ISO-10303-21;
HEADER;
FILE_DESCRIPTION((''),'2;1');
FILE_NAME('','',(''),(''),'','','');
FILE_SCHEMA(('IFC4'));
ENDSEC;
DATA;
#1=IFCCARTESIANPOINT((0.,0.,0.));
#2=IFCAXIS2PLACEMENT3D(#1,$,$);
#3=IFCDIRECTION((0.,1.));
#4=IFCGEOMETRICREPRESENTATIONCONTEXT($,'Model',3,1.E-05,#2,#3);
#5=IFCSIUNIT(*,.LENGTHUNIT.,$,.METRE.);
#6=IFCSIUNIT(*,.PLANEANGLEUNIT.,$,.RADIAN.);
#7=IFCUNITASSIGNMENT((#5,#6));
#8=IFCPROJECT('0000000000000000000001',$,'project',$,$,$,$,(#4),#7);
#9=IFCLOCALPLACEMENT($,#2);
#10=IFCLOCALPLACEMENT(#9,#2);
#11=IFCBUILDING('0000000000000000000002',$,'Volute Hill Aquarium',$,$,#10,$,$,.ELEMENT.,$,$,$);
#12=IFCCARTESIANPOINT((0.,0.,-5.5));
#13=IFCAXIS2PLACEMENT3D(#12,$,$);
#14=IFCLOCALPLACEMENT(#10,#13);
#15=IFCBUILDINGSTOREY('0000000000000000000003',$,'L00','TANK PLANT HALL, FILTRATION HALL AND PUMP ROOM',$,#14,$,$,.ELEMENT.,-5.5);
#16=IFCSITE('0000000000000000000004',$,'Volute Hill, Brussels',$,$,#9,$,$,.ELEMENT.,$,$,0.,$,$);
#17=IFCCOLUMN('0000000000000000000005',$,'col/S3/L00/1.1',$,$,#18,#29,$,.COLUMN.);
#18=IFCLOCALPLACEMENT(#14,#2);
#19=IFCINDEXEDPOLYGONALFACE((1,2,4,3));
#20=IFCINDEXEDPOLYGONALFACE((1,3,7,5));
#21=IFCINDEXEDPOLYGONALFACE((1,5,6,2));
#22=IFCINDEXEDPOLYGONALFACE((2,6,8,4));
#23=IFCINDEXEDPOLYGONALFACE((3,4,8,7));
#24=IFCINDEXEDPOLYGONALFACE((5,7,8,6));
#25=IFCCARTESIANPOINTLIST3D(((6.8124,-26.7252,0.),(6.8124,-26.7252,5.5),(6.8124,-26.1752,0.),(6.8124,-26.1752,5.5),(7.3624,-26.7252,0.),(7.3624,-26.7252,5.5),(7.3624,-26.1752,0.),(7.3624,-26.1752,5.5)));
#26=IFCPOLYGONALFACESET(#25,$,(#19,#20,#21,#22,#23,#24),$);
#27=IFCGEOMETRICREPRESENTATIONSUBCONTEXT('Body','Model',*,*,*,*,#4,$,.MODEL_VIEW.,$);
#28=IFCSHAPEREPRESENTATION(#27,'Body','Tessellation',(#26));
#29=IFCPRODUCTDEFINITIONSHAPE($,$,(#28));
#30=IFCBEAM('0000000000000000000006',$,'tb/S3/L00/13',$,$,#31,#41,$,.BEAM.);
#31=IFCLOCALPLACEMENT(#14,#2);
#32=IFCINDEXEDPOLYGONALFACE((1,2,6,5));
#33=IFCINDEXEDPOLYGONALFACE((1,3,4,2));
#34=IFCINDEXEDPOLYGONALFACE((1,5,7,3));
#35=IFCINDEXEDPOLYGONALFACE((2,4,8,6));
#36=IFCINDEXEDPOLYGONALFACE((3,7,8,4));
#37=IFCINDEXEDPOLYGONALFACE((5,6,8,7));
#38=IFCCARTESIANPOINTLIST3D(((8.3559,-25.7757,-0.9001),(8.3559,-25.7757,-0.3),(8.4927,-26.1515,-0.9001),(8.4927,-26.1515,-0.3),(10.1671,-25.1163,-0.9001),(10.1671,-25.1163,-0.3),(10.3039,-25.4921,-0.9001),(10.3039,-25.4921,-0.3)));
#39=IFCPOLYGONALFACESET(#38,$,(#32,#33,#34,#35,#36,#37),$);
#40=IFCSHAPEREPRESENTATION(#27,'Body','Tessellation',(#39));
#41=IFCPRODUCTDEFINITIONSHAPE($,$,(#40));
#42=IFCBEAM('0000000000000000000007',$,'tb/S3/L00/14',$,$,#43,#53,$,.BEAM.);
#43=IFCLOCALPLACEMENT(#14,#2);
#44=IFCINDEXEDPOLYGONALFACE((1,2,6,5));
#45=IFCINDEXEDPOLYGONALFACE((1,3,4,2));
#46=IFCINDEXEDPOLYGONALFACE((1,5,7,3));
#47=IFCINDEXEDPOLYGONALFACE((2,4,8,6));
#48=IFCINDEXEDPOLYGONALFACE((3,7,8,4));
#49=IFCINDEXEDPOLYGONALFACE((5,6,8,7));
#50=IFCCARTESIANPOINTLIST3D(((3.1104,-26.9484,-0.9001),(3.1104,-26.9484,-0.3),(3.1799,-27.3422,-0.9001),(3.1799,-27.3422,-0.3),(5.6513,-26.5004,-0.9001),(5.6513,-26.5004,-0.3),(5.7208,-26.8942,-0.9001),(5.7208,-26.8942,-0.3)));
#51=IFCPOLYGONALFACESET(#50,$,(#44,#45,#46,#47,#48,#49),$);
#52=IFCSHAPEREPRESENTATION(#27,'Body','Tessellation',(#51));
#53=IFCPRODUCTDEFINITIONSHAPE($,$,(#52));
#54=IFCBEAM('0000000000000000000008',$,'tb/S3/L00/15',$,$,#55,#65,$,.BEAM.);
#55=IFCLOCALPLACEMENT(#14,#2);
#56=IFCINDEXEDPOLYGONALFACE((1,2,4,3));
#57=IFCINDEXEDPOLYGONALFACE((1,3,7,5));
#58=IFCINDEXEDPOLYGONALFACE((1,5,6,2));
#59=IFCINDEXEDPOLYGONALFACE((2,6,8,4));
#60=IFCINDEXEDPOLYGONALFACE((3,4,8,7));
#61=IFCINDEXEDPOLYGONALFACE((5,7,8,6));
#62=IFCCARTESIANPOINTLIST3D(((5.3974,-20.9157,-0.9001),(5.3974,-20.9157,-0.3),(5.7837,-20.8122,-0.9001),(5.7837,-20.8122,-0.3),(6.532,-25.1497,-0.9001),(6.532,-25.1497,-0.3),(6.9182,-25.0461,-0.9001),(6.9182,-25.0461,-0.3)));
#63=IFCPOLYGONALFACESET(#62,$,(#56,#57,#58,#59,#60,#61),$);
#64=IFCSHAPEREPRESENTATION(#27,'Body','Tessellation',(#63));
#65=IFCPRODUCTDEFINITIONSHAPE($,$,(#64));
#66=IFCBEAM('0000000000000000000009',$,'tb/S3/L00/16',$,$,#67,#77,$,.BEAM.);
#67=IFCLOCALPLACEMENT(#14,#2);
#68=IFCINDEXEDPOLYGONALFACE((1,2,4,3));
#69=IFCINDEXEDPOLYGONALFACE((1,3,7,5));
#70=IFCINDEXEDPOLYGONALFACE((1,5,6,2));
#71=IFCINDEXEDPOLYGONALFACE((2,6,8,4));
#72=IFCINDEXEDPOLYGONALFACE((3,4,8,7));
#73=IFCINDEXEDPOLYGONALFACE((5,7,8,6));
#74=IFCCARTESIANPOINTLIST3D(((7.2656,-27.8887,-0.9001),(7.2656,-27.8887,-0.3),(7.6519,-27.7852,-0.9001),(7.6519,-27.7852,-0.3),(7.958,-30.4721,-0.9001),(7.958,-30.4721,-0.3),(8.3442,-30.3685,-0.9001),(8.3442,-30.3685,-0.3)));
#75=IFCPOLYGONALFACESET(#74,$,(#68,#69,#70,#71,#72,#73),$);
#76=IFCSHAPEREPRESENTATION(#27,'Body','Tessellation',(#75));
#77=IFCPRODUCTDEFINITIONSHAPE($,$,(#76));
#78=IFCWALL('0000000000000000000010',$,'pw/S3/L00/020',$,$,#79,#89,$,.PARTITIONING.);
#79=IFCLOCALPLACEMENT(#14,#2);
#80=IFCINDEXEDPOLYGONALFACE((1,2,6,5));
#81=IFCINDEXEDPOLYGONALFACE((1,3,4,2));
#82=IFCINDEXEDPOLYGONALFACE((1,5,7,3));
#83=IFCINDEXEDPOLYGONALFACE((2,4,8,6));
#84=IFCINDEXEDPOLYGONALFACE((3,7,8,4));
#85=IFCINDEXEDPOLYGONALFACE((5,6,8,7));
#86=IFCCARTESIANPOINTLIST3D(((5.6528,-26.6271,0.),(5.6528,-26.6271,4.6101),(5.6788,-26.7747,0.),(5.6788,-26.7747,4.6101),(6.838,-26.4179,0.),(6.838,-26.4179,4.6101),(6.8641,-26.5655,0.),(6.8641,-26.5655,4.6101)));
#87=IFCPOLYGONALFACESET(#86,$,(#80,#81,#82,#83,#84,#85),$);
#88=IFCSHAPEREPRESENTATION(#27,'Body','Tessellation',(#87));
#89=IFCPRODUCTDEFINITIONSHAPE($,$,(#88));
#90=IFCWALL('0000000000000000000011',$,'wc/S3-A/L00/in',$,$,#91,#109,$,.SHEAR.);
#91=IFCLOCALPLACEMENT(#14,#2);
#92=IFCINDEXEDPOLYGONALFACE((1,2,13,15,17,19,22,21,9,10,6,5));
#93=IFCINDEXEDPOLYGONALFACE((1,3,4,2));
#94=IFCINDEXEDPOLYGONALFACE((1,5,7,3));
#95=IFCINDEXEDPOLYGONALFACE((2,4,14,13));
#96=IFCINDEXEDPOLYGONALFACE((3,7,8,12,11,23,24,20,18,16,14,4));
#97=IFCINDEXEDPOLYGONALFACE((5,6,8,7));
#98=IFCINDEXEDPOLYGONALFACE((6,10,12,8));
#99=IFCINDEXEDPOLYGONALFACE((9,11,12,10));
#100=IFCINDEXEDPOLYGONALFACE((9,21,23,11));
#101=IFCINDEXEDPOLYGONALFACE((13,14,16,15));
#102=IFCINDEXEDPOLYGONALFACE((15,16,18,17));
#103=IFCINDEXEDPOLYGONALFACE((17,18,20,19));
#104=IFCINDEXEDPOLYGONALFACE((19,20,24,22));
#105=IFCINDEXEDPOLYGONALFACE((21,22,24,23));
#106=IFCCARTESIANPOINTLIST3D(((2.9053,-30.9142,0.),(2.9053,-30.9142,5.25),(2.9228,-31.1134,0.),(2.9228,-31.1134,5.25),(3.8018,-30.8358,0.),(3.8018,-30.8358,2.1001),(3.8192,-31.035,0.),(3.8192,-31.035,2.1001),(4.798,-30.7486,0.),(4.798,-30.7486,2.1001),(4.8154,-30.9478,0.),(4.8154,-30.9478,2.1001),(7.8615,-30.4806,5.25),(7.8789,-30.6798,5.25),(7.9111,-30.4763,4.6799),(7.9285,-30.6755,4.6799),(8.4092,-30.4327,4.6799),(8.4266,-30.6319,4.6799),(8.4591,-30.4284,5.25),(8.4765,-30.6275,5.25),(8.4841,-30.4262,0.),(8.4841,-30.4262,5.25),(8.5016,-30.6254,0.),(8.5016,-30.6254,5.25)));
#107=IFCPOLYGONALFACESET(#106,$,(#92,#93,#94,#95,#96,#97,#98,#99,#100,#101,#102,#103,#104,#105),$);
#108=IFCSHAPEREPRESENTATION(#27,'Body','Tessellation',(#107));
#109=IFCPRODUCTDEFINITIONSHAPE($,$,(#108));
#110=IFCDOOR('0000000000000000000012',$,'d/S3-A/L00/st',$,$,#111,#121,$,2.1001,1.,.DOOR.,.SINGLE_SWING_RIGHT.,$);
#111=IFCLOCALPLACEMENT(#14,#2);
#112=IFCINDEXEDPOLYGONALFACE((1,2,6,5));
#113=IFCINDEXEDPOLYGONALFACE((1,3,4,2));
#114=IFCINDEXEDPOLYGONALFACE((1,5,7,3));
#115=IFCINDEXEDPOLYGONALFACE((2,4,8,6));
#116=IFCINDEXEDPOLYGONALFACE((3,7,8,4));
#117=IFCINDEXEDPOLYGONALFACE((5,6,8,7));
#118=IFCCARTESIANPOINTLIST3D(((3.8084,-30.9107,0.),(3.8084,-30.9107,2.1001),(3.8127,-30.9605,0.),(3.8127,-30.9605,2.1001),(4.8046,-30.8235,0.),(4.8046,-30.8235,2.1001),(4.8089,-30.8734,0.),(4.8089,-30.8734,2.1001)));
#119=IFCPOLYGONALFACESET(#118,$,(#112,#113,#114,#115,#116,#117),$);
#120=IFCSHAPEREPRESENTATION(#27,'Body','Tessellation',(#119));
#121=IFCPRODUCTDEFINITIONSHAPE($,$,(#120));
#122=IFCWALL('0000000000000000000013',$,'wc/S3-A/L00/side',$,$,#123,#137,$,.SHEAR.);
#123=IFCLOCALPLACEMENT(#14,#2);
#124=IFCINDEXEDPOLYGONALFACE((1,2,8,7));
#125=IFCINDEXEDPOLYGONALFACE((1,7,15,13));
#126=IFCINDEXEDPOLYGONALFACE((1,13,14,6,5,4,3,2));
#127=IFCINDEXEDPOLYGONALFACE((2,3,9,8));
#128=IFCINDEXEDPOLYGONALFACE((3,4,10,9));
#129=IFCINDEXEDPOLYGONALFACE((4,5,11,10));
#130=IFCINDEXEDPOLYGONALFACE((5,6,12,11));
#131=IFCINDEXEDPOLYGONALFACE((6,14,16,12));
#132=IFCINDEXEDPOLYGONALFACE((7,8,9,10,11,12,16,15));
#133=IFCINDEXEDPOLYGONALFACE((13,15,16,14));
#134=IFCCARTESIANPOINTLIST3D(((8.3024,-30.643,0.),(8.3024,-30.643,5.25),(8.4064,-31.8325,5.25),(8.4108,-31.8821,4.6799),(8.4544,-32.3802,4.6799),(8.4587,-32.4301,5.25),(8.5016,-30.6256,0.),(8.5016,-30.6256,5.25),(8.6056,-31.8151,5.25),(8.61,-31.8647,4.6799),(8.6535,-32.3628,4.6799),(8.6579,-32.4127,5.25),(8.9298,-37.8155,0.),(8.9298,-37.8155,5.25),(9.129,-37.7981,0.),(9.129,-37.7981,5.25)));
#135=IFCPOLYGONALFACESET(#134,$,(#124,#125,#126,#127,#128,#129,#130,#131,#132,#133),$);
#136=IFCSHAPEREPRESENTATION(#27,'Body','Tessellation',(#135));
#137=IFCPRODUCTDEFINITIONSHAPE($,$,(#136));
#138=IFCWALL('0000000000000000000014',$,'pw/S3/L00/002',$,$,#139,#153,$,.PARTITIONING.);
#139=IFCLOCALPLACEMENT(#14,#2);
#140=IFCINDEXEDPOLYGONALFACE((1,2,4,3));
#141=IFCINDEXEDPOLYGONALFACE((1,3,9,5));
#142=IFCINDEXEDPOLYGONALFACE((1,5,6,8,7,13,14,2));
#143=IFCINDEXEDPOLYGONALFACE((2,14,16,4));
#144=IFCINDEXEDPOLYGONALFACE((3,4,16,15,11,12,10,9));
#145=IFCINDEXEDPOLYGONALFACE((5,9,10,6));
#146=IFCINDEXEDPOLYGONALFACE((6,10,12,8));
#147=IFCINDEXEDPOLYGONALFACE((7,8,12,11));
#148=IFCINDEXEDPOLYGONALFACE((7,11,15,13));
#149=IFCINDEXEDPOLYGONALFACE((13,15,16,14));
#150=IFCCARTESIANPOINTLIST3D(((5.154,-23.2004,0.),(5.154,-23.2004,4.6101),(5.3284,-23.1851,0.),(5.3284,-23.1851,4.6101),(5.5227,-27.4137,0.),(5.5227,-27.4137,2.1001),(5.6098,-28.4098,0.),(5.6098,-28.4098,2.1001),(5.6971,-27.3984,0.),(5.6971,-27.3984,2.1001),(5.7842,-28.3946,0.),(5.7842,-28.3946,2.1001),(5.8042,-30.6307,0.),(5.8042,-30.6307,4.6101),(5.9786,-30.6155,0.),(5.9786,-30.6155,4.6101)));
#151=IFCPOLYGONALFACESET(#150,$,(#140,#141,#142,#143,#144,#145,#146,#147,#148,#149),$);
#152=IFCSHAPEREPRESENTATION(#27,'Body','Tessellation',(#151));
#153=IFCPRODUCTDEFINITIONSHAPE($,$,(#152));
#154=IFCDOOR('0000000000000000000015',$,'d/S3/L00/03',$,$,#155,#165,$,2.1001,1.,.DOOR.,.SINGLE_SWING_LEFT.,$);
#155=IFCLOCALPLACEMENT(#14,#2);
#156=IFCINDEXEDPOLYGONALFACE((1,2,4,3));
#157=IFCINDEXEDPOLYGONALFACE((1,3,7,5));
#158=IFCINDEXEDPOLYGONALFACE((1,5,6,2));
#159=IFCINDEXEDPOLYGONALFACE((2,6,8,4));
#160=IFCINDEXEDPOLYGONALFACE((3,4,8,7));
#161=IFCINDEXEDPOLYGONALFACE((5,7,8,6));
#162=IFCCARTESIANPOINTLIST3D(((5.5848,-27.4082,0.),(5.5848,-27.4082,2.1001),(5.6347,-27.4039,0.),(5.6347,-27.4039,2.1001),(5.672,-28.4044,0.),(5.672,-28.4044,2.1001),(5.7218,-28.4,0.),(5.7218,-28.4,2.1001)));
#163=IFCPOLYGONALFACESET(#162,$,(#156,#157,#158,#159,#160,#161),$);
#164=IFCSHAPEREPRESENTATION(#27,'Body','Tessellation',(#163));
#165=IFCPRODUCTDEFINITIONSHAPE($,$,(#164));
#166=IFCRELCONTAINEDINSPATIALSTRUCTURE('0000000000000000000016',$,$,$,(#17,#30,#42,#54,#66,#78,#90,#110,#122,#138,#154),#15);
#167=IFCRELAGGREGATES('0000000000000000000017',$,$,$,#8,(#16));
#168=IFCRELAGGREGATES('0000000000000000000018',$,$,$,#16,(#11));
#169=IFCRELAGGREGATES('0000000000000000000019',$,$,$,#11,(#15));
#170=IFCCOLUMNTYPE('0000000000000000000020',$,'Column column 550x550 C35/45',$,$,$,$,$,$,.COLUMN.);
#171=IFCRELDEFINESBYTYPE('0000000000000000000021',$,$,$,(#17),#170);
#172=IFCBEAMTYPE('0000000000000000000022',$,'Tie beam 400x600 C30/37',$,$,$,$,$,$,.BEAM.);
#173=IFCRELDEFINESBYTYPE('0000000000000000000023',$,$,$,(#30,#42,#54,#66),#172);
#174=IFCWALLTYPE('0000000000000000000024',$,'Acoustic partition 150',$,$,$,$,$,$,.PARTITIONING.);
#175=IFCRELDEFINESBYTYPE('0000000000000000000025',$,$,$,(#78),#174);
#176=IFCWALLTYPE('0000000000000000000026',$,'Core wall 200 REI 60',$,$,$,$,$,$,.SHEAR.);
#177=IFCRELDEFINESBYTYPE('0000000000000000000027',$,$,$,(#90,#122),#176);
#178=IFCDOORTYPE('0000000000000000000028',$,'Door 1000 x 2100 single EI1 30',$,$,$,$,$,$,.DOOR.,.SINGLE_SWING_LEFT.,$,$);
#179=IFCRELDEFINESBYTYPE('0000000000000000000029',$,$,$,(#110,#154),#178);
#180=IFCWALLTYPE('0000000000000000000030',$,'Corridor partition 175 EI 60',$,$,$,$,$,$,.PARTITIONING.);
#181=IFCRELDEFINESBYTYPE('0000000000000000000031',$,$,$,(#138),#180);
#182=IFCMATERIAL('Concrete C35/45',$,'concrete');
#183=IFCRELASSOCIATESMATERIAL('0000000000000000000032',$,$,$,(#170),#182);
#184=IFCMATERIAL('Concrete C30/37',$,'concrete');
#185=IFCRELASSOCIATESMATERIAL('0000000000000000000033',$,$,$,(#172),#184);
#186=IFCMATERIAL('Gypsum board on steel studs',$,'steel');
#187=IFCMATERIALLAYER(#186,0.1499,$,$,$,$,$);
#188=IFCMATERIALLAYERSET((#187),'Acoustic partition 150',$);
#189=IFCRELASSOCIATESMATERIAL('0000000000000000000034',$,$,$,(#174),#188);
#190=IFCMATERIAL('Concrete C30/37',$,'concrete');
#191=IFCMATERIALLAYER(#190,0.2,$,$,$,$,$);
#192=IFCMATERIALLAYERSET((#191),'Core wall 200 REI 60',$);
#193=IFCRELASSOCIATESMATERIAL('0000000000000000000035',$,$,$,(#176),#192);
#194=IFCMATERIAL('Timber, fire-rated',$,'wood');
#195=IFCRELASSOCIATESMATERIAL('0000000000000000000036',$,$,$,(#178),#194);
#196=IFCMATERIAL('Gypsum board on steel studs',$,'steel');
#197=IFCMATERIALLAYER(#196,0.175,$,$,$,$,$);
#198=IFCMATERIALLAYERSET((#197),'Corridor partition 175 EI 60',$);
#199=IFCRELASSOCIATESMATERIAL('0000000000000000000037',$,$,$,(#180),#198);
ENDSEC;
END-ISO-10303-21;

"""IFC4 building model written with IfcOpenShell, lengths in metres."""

from ifc_helpers import new_model, si_unit, direction, frame, frame_2d, origin, origin_2d, place, context, subcontext, project, spatial, polyline, rectangle, outline, extrude, material, layer, layer_set, material_profile, profile_set, type_object, element, fill, save


model = new_model("IFC4")

# Units and contexts
model_context = context("Model", 3, precision=1e-05, world=origin(), true_north=direction((0.0, 1.0)))
body_context = subcontext(model_context, "Body", "Model", "MODEL_VIEW")
ifc_project = project(units=[si_unit("LENGTHUNIT", "METRE"), si_unit("PLANEANGLEUNIT", "RADIAN")], contexts=[model_context])

# Site, building, storey
site_placement = place(None, origin())
site = spatial("IfcSite", under=ifc_project, at=site_placement, Name="Volute Hill, Brussels", CompositionType="ELEMENT", RefElevation=0.0)
building_placement = place(site_placement, origin())
building = spatial("IfcBuilding", under=site, at=building_placement, Name="Volute Hill Aquarium", CompositionType="ELEMENT")
storey_placement = place(building_placement, frame((0.0, 0.0, -5.5)))
storey = spatial("IfcBuildingStorey", under=building, at=storey_placement, Name="L00", Description="TANK PLANT HALL, FILTRATION HALL AND PUMP ROOM", CompositionType="ELEMENT", Elevation=-5.5)

# Column
ifc_material_1 = material(Name="Concrete C35/45", Category="concrete")
ifc_material_profile_1 = material_profile(ifc_material_1, rectangle(XDim=0.55, YDim=0.55, at=origin_2d()), Name="RC column 550x550")
ifc_profile_set_1 = profile_set([ifc_material_profile_1], Name="Concrete C35/45")
column_type = type_object("IfcColumnType", Name="Column column 550x550 C35/45", PredefinedType="COLUMN", material=ifc_profile_set_1)
column_placement = place(storey_placement, frame((7.0874, -26.4502, 0.0), z_axis=(0.0, 0.0, 1.0), x_axis=(1.0, 0.0, 0.0)))
element("IfcColumn", 1, at=column_placement, inside=storey, type_object=column_type, Name="col/S3/L00/1.1", PredefinedType="COLUMN", context=body_context, shape_type="SweptSolid", body=[
    extrude(rectangle(XDim=0.55, YDim=0.55, at=origin_2d()), origin(), (0.0, 0.0, 1.0), 5.5),
])

# Beams
ifc_material_2 = material(Name="Concrete C30/37", Category="concrete")
ifc_material_profile_2 = material_profile(ifc_material_2, rectangle(XDim=0.3999, YDim=0.6001, at=origin_2d()), Name="RC tie beam 400x600")
ifc_profile_set_2 = profile_set([ifc_material_profile_2], Name="Concrete C30/37")
beam_type = type_object("IfcBeamType", Name="Tie beam 400x600 C30/37", PredefinedType="BEAM", material=ifc_profile_set_2)
beam_1_placement = place(storey_placement, frame((8.4243, -25.9636, -0.6001), z_axis=(0.939664, 0.342099, 0.0), x_axis=(-0.342099, 0.939664, 0.0)))
element("IfcBeam", 2, at=beam_1_placement, inside=storey, type_object=beam_type, Name="tb/S3/L00/13", PredefinedType="BEAM", context=body_context, shape_type="SweptSolid", body=[
    extrude(rectangle(XDim=0.3999, YDim=0.6001, at=origin_2d()), origin(), (0.0, 0.0, 1.0), 1.9275),
])
beam_2_placement = place(storey_placement, frame((5.686, -26.6973, -0.6001), z_axis=(-0.984808, -0.173645, 0.0), x_axis=(0.173645, -0.984808, 0.0)))
element("IfcBeam", 3, at=beam_2_placement, inside=storey, type_object=beam_type, Name="tb/S3/L00/14", PredefinedType="BEAM", context=body_context, shape_type="SweptSolid", body=[
    extrude(rectangle(XDim=0.3999, YDim=0.6001, at=origin_2d()), origin(), (0.0, 0.0, 1.0), 2.5801),
])
beam_3_placement = place(storey_placement, frame((6.7251, -25.0979, -0.6001), z_axis=(-0.258831, 0.965923, 0.0), x_axis=(-0.965923, -0.258831, 0.0)))
element("IfcBeam", 4, at=beam_3_placement, inside=storey, type_object=beam_type, Name="tb/S3/L00/15", PredefinedType="BEAM", context=body_context, shape_type="SweptSolid", body=[
    extrude(rectangle(XDim=0.3999, YDim=0.6001, at=origin_2d()), origin(), (0.0, 0.0, 1.0), 4.3833),
])
beam_4_placement = place(storey_placement, frame((7.4587, -27.8369, -0.6001), z_axis=(0.258867, -0.965913, 0.0), x_axis=(0.965913, 0.258867, 0.0)))
element("IfcBeam", 5, at=beam_4_placement, inside=storey, type_object=beam_type, Name="tb/S3/L00/16", PredefinedType="BEAM", context=body_context, shape_type="SweptSolid", body=[
    extrude(rectangle(XDim=0.3999, YDim=0.6001, at=origin_2d()), origin(), (0.0, 0.0, 1.0), 2.6746),
])

# Wall
ifc_material_3 = material(Name="Gypsum board on steel studs", Category="steel")
ifc_layer_1 = layer(ifc_material_3, 0.1499)
ifc_layer_set_1 = layer_set([ifc_layer_1], Name="Acoustic partition 150")
wall_type_1 = type_object("IfcWallType", Name="Acoustic partition 150", PredefinedType="PARTITIONING", material=ifc_layer_set_1)
wall_1_placement = place(storey_placement, frame((6.8511, -26.4917, 0.0), z_axis=(0.0, 0.0, 1.0), x_axis=(-0.984775, -0.173832, 0.0)))
element("IfcWall", 6, at=wall_1_placement, inside=storey, type_object=wall_type_1, Name="pw/S3/L00/020", PredefinedType="PARTITIONING", context=body_context, shape_type="SweptSolid", body=[
    extrude(rectangle(XDim=1.2036, YDim=0.1499, at=frame_2d((0.6018, 0.0))), origin(), (0.0, 0.0, 1.0), 4.6101),
])

# Wall, opening, door
ifc_material_4 = material(Name="Concrete C30/37", Category="concrete")
ifc_layer_2 = layer(ifc_material_4, 0.2)
ifc_layer_set_2 = layer_set([ifc_layer_2], Name="Core wall 200 REI 60")
wall_type_2 = type_object("IfcWallType", Name="Core wall 200 REI 60", PredefinedType="SHEAR", material=ifc_layer_set_2)
wall_2_placement = place(storey_placement, frame((2.9141, -31.0139, 0.0), z_axis=(0.0, 0.0, 1.0), x_axis=(0.996195, 0.087147, 0.0)))
wall_2 = element("IfcWall", 7, at=wall_2_placement, inside=storey, type_object=wall_type_2, Name="wc/S3-A/L00/in", PredefinedType="SHEAR", context=body_context, shape_type="SweptSolid", body=[
    extrude(outline(polyline([(0.0, 0.0), (5.6001, 0.0), (5.6001, 5.25), (5.575, 5.25), (5.5249, 4.6799), (5.0249, 4.6799), (4.9751, 5.25), (0.0, 5.25), (0.0, 0.0)])), frame((0.0, 0.1001, 0.0), z_axis=(0.0, -1.0, 0.0), x_axis=(1.0, 0.0, 0.0)), (0.0, 0.0, 1.0), 0.2),
])
opening_1_placement = place(wall_2_placement, frame((0.8999, 0.0, 0.0)))
opening_1 = element("IfcOpeningElement", 8, at=opening_1_placement, cuts=wall_2, PredefinedType="OPENING", context=body_context, shape_type="SweptSolid", body=[
    extrude(rectangle(XDim=1.0, YDim=2.1001, at=frame_2d((0.5, 1.05))), frame((0.0, 0.1099, 0.0), z_axis=(0.0, -1.0, 0.0), x_axis=(1.0, 0.0, 0.0)), (0.0, 0.0, 1.0), 0.22),
])
ifc_material_5 = material(Name="Timber, fire-rated", Category="wood")
door_type = type_object("IfcDoorType", Name="Door 1000 x 2100 single EI1 30", OperationType="SINGLE_SWING_LEFT", PredefinedType="DOOR", material=ifc_material_5)
door_1_placement = place(opening_1_placement, origin())
door_1 = element("IfcDoor", 9, at=door_1_placement, inside=storey, type_object=door_type, Name="d/S3-A/L00/st", OperationType="SINGLE_SWING_RIGHT", OverallHeight=2.1001, OverallWidth=1.0, PredefinedType="DOOR", context=body_context, shape_type="SweptSolid", body=[
    extrude(rectangle(XDim=1.0, YDim=2.1001, at=frame_2d((0.5, 1.05))), frame((0.0, 0.0249, 0.0), z_axis=(0.0, -1.0, 0.0), x_axis=(1.0, 0.0, 0.0)), (0.0, 0.0, 1.0), 0.05),
])
fill(opening_1, door_1)

# Wall
wall_3_placement = place(storey_placement, frame((8.4019, -30.6343, 0.0), z_axis=(0.0, 0.0, 1.0), x_axis=(0.087145, -0.996196, 0.0)))
element("IfcWall", 10, at=wall_3_placement, inside=storey, type_object=wall_type_2, Name="wc/S3-A/L00/side", PredefinedType="SHEAR", context=body_context, shape_type="SweptSolid", body=[
    extrude(outline(polyline([(0.0, 0.0), (7.2, 0.0), (7.2, 5.25), (1.7939, 5.25), (1.7439, 4.6799), (1.2439, 4.6799), (1.1941, 5.25), (0.0, 5.25), (0.0, 0.0)])), frame((0.0, 0.1001, 0.0), z_axis=(0.0, -1.0, 0.0), x_axis=(1.0, 0.0, 0.0)), (0.0, 0.0, 1.0), 0.2),
])

# Wall, opening, door
ifc_material_6 = material(Name="Gypsum board on steel studs", Category="steel")
ifc_layer_3 = layer(ifc_material_6, 0.175)
ifc_layer_set_3 = layer_set([ifc_layer_3], Name="Corridor partition 175 EI 60")
wall_type_3 = type_object("IfcWallType", Name="Corridor partition 175 EI 60", PredefinedType="PARTITIONING", material=ifc_layer_set_3)
wall_4_placement = place(storey_placement, frame((5.2412, -23.1926, 0.0), z_axis=(0.0, 0.0, 1.0), x_axis=(0.087165, -0.996194, 0.0)))
wall_4 = element("IfcWall", 11, at=wall_4_placement, inside=storey, type_object=wall_type_3, Name="pw/S3/L00/002", PredefinedType="PARTITIONING", context=body_context, shape_type="SweptSolid", body=[
    extrude(rectangle(XDim=7.4587, YDim=0.175, at=frame_2d((3.7295, 0.0))), origin(), (0.0, 0.0, 1.0), 4.6101),
])
opening_2_placement = place(wall_4_placement, frame((4.2295, 0.0, 0.0)))
opening_2 = element("IfcOpeningElement", 12, at=opening_2_placement, cuts=wall_4, PredefinedType="OPENING", context=body_context, shape_type="SweptSolid", body=[
    extrude(rectangle(XDim=1.0, YDim=2.1001, at=frame_2d((0.5, 1.05))), frame((0.0, 0.0974, 0.0), z_axis=(0.0, -1.0, 0.0), x_axis=(1.0, 0.0, 0.0)), (0.0, 0.0, 1.0), 0.1951),
])
door_2_placement = place(opening_2_placement, origin())
door_2 = element("IfcDoor", 13, at=door_2_placement, inside=storey, type_object=door_type, Name="d/S3/L00/03", OperationType="SINGLE_SWING_LEFT", OverallHeight=2.1001, OverallWidth=1.0, PredefinedType="DOOR", context=body_context, shape_type="SweptSolid", body=[
    extrude(rectangle(XDim=1.0, YDim=2.1001, at=frame_2d((0.5, 1.05))), frame((0.0, 0.0249, 0.0), z_axis=(0.0, -1.0, 0.0), x_axis=(1.0, 0.0, 0.0)), (0.0, 0.0, 1.0), 0.05),
])
fill(opening_2, door_2)

save(model, "model.ifc")
